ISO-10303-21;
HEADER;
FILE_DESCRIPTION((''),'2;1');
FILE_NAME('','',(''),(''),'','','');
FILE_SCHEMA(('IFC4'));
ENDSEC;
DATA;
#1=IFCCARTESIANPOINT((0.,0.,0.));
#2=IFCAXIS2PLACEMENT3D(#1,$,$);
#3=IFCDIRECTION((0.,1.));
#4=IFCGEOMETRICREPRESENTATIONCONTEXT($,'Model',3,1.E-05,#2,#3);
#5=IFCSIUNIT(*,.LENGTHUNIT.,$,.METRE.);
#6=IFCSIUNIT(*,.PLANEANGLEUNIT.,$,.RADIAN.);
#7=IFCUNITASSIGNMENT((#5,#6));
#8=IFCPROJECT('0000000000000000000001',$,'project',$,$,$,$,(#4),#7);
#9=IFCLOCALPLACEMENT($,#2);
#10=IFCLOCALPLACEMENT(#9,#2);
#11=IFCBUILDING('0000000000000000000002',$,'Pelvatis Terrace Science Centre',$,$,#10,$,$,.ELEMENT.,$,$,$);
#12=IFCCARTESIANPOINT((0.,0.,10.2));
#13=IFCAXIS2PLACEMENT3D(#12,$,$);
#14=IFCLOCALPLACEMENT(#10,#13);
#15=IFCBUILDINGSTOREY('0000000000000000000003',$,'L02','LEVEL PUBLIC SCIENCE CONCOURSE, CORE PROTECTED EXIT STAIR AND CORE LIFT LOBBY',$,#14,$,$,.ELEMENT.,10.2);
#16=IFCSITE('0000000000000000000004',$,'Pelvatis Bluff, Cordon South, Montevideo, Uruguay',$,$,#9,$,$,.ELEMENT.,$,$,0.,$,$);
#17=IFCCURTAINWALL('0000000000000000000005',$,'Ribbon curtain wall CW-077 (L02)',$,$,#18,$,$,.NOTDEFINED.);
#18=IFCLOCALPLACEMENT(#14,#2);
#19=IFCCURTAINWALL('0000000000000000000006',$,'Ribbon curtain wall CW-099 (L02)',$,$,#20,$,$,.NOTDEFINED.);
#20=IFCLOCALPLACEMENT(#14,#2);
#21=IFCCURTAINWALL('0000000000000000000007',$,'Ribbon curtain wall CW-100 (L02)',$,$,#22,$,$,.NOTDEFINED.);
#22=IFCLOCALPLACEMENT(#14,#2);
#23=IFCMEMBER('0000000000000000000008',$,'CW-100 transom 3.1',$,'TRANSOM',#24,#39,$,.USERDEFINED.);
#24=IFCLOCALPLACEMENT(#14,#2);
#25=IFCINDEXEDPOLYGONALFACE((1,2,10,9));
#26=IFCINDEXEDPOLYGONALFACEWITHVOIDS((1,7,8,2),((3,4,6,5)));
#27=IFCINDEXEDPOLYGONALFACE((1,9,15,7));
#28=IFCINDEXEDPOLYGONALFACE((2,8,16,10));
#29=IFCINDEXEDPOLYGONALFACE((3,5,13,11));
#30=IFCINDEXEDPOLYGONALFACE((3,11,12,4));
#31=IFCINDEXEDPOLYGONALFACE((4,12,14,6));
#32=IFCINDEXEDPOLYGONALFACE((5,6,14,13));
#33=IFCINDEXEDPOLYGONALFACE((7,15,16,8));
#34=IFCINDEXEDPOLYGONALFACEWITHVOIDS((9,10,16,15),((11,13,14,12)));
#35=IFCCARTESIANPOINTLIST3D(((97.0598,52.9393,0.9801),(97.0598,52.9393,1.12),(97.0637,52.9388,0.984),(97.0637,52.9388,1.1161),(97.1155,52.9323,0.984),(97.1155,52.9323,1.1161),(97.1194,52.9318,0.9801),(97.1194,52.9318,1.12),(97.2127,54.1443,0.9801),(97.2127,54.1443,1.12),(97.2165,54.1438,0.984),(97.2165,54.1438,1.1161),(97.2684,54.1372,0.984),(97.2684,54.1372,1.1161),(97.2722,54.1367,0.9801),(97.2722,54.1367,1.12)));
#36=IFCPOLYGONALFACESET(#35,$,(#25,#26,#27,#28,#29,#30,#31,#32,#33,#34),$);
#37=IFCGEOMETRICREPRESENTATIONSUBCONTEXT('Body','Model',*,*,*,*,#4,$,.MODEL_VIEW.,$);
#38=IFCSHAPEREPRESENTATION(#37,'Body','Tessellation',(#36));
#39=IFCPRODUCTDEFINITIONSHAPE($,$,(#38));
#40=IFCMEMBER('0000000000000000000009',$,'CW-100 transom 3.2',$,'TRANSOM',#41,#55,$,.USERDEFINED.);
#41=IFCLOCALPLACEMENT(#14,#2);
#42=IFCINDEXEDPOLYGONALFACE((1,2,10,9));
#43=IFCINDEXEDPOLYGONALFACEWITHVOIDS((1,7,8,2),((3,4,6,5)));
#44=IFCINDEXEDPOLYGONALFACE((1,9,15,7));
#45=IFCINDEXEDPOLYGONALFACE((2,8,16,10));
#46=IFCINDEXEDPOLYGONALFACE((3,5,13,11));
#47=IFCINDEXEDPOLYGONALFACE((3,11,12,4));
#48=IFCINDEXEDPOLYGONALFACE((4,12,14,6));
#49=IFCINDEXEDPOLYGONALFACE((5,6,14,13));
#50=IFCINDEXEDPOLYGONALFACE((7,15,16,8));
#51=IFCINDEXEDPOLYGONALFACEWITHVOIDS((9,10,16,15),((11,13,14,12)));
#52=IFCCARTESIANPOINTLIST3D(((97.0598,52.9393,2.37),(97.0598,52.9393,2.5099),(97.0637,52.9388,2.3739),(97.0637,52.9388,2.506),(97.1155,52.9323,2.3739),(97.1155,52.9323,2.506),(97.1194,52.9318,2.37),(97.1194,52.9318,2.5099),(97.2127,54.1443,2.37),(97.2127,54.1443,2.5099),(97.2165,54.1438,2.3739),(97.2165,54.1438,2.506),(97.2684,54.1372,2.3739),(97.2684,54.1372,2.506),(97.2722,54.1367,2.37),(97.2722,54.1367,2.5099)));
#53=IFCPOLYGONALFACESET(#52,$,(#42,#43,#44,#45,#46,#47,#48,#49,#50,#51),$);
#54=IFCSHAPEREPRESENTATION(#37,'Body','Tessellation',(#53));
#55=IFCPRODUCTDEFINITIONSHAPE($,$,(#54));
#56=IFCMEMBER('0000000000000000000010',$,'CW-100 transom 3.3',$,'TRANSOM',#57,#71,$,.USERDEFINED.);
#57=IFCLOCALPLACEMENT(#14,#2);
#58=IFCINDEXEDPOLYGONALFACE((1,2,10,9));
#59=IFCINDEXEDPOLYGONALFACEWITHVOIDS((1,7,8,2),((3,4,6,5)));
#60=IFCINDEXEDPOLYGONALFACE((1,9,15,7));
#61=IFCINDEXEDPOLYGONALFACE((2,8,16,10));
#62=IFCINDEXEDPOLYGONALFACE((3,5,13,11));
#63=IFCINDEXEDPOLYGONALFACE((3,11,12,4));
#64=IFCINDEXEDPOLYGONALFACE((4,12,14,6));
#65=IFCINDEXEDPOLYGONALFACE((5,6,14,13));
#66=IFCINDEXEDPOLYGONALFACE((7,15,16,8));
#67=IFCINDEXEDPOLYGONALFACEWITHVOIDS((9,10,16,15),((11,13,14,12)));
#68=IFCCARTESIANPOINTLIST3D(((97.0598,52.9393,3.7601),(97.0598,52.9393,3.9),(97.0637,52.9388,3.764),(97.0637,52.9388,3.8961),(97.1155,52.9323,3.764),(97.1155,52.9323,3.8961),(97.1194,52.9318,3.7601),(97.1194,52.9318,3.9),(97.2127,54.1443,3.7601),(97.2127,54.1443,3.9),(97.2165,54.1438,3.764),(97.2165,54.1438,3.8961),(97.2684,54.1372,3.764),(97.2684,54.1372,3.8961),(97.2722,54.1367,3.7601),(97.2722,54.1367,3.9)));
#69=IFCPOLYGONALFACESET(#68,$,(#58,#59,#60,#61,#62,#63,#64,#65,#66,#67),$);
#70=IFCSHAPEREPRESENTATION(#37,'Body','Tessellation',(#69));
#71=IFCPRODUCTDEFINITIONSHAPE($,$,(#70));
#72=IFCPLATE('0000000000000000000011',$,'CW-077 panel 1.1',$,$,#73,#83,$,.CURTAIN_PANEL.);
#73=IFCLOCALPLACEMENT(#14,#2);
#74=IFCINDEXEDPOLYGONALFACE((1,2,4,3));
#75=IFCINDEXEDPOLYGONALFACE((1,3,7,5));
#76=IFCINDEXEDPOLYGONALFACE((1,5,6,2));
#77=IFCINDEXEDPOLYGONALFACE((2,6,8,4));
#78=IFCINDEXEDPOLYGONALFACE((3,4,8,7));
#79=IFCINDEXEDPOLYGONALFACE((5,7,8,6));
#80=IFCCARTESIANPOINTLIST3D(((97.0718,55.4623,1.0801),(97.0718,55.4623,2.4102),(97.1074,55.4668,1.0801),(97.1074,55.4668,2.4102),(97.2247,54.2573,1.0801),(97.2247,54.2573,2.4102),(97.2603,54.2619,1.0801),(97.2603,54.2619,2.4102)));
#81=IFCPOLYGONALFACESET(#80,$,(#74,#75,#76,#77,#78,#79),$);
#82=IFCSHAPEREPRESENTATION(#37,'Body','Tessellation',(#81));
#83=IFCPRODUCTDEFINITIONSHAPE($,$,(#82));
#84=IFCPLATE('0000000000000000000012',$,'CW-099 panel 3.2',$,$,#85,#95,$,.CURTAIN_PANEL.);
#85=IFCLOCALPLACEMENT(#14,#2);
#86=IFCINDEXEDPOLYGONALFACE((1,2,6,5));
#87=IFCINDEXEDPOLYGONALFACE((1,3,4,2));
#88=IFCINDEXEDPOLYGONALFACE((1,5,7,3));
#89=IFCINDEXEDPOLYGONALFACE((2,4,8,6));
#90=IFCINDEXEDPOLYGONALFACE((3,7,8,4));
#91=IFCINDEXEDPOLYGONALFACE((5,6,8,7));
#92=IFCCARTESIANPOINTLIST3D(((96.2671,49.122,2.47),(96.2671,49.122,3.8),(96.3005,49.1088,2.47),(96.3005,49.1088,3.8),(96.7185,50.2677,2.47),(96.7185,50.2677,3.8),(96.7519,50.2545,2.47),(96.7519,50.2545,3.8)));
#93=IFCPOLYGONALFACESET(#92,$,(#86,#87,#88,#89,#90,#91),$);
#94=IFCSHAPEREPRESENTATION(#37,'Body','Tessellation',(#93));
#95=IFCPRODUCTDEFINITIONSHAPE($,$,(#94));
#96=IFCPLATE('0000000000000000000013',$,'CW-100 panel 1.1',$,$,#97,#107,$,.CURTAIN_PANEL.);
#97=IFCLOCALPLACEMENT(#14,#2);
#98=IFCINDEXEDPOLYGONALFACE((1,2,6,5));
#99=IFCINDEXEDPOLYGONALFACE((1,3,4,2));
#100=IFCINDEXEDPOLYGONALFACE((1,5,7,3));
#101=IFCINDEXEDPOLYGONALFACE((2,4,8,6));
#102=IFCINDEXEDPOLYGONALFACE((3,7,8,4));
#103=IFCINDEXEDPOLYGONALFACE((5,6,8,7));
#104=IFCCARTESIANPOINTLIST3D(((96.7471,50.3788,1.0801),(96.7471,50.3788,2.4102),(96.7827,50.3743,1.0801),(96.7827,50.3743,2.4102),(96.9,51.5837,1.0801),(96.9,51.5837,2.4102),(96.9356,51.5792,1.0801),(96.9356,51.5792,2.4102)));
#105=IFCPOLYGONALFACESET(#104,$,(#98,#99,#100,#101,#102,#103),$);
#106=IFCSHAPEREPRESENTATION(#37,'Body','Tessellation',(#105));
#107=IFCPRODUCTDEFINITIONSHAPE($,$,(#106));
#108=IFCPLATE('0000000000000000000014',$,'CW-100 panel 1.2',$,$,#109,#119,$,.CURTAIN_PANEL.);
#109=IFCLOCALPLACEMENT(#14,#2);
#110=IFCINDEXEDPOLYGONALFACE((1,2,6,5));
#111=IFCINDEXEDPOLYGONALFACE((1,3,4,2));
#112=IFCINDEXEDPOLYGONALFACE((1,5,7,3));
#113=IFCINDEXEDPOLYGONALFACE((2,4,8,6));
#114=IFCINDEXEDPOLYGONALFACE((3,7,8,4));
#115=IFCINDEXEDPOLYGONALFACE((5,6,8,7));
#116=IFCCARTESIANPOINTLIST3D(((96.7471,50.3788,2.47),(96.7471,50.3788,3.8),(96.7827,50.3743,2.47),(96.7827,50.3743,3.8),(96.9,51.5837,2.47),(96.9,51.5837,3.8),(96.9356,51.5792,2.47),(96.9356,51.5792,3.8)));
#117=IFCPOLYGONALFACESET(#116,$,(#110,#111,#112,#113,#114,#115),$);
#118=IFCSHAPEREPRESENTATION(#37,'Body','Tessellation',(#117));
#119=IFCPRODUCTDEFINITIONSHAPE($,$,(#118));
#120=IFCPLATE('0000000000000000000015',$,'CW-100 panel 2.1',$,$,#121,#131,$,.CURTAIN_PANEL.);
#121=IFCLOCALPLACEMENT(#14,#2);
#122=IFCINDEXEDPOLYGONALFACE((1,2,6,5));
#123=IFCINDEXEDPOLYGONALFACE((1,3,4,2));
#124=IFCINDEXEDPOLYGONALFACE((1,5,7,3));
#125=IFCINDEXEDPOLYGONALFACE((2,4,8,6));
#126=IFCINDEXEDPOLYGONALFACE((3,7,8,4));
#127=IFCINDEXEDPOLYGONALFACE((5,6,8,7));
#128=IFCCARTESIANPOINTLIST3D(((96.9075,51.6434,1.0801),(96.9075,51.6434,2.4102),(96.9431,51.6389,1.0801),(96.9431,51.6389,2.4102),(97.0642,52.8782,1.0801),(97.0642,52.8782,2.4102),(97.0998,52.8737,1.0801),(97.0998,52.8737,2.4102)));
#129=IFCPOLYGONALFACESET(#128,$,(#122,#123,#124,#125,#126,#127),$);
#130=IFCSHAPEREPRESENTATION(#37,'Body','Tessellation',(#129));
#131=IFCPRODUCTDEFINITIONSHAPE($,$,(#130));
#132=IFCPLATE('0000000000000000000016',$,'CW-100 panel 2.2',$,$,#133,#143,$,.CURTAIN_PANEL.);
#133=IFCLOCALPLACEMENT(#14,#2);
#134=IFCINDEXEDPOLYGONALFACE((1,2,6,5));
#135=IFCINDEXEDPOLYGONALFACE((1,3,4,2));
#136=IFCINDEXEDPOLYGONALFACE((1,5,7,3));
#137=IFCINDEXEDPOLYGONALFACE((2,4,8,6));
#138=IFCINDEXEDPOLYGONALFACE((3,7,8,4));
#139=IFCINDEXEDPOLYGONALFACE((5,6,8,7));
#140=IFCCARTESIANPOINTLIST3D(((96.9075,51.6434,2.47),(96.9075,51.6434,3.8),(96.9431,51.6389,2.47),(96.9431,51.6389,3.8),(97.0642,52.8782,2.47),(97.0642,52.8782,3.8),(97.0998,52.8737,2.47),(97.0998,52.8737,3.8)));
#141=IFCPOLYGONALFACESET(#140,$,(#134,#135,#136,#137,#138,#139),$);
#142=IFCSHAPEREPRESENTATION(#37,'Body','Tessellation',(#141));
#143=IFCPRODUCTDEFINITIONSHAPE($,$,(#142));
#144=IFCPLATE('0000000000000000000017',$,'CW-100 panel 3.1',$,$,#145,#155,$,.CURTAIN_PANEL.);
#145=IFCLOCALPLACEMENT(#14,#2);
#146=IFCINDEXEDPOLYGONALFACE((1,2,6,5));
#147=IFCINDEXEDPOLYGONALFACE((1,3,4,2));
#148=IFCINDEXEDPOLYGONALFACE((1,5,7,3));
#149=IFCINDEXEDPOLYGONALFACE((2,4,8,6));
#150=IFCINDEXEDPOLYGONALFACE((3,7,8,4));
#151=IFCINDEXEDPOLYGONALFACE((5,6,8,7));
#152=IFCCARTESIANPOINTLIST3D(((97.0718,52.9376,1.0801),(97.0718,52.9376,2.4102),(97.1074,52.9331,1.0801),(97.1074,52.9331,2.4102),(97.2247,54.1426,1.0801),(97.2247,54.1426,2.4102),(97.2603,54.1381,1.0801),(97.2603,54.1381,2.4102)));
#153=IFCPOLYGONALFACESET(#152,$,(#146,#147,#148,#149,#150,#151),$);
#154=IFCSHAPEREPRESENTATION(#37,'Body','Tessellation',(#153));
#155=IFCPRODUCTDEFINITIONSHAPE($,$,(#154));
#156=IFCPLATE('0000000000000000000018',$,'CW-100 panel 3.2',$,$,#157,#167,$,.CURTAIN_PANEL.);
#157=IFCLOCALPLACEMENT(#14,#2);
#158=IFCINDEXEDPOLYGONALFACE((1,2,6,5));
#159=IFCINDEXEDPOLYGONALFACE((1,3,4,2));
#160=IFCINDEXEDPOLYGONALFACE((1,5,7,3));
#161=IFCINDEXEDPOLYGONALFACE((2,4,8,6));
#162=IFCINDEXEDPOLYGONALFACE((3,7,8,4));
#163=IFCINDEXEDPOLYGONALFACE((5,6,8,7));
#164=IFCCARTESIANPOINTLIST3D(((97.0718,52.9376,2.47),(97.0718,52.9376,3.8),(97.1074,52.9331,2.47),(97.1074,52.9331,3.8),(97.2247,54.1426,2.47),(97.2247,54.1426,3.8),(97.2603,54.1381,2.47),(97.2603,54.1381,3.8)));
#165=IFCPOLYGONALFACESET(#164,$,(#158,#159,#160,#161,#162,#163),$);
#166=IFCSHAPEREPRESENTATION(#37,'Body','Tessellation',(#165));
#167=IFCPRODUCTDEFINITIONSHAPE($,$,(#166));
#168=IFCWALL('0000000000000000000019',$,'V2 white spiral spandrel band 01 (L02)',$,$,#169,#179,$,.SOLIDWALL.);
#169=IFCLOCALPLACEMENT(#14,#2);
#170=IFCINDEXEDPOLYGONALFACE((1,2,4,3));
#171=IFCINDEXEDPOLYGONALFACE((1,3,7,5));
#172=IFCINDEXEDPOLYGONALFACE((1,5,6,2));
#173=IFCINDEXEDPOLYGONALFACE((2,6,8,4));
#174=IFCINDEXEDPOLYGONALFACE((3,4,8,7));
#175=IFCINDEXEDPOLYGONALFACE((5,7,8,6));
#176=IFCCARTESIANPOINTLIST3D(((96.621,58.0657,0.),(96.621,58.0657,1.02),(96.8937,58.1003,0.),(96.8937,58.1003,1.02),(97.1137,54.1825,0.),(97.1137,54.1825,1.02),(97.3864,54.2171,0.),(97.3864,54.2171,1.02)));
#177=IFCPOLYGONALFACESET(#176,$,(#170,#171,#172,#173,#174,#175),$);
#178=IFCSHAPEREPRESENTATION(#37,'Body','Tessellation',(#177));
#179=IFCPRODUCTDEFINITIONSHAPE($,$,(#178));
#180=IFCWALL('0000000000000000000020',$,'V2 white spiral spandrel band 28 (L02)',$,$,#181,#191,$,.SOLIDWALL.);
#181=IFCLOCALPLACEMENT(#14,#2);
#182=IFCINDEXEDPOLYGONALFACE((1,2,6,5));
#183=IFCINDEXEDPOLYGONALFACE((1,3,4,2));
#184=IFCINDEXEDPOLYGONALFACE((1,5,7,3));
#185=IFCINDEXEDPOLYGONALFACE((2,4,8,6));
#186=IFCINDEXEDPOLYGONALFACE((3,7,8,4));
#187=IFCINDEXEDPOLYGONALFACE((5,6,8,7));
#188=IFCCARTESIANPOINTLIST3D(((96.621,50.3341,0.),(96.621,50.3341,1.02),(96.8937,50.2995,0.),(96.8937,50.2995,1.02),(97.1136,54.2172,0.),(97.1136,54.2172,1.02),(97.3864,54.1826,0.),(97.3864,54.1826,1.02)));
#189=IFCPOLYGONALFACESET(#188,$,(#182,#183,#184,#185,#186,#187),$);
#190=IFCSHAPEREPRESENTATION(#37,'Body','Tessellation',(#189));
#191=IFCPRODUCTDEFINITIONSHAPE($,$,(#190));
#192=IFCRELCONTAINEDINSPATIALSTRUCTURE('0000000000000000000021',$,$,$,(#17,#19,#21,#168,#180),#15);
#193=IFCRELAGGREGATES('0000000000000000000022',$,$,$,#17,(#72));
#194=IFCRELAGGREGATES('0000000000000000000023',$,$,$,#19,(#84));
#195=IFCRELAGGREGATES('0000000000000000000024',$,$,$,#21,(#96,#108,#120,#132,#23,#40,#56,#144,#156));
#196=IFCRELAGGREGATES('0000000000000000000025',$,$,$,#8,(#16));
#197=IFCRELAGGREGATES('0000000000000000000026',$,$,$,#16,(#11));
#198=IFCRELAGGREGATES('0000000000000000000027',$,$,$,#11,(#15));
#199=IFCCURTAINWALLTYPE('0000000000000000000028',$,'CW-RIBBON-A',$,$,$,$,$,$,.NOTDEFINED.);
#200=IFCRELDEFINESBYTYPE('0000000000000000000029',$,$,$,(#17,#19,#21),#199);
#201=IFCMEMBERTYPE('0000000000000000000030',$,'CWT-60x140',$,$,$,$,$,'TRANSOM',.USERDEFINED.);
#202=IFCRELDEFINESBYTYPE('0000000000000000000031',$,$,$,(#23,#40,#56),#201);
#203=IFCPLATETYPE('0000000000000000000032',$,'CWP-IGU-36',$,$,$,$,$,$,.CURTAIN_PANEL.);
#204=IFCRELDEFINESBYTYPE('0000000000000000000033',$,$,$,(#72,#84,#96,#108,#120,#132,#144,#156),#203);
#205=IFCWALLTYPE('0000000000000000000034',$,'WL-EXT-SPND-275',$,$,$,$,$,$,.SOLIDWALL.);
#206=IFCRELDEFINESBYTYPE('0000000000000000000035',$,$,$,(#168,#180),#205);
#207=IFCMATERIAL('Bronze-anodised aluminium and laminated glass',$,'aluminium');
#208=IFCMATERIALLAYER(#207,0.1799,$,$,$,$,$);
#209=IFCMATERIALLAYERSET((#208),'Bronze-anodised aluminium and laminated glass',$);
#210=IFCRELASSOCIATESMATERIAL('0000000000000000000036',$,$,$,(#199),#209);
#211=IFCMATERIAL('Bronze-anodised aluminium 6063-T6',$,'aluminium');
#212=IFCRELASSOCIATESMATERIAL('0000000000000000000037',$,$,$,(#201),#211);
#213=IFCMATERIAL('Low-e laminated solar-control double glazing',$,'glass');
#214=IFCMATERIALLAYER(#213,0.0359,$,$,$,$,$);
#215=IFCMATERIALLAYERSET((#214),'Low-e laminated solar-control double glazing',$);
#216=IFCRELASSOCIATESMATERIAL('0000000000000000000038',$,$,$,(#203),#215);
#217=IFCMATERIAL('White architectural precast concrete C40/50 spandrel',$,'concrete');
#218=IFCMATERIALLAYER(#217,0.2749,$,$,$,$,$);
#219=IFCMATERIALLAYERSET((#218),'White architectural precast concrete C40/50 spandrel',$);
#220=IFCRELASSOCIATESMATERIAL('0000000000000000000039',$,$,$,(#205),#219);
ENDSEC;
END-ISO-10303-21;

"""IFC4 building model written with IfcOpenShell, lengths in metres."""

from ifc_helpers import new_model, si_unit, direction, frame, frame_2d, origin, origin_2d, place, context, subcontext, project, spatial, rectangle, hollow_rectangle, extrude, material, layer, layer_set, material_profile, profile_set, type_object, element, aggregate, save


model = new_model("IFC4")

# Units and contexts
model_context = context("Model", 3, precision=1e-05, world=origin(), true_north=direction((0.0, 1.0)))
body_context = subcontext(model_context, "Body", "Model", "MODEL_VIEW")
ifc_project = project(units=[si_unit("LENGTHUNIT", "METRE"), si_unit("PLANEANGLEUNIT", "RADIAN")], contexts=[model_context])

# Site, building, storey
site_placement = place(None, origin())
site = spatial("IfcSite", under=ifc_project, at=site_placement, Name="Pelvatis Bluff, Cordon South, Montevideo, Uruguay", CompositionType="ELEMENT", RefElevation=0.0)
building_placement = place(site_placement, origin())
building = spatial("IfcBuilding", under=site, at=building_placement, Name="Pelvatis Terrace Science Centre", CompositionType="ELEMENT")
storey_placement = place(building_placement, frame((0.0, 0.0, 10.2)))
storey = spatial("IfcBuildingStorey", under=building, at=storey_placement, Name="L02", Description="LEVEL PUBLIC SCIENCE CONCOURSE, CORE PROTECTED EXIT STAIR AND CORE LIFT LOBBY", CompositionType="ELEMENT", Elevation=10.2)

# Curtain walls
ifc_material_1 = material(Name="Bronze-anodised aluminium and laminated glass", Category="aluminium")
ifc_layer_1 = layer(ifc_material_1, 0.1799)
ifc_layer_set_1 = layer_set([ifc_layer_1], Name="Bronze-anodised aluminium and laminated glass")
curtain_wall_type = type_object("IfcCurtainWallType", Name="CW-RIBBON-A", PredefinedType="NOTDEFINED", material=ifc_layer_set_1)
curtain_wall_1_placement = place(storey_placement, origin())
curtain_wall_1 = element("IfcCurtainWall", 1, at=curtain_wall_1_placement, inside=storey, type_object=curtain_wall_type, Name="Ribbon curtain wall CW-077 (L02)", PredefinedType="NOTDEFINED")
curtain_wall_2_placement = place(storey_placement, origin())
curtain_wall_2 = element("IfcCurtainWall", 2, at=curtain_wall_2_placement, inside=storey, type_object=curtain_wall_type, Name="Ribbon curtain wall CW-099 (L02)", PredefinedType="NOTDEFINED")

# Curtain wall
curtain_wall_3_placement = place(storey_placement, origin())
curtain_wall_3 = element("IfcCurtainWall", 3, at=curtain_wall_3_placement, inside=storey, type_object=curtain_wall_type, Name="Ribbon curtain wall CW-100 (L02)", PredefinedType="NOTDEFINED")

# Members
ifc_material_2 = material(Name="Bronze-anodised aluminium 6063-T6", Category="aluminium")
ifc_material_profile_1 = material_profile(ifc_material_2, hollow_rectangle(XDim=0.0601, YDim=0.1399, WallThickness=0.0039, at=origin_2d()), Name="ALU-TRN 60x140")
ifc_profile_set_1 = profile_set([ifc_material_profile_1], Name="Bronze-anodised aluminium 6063-T6")
member_type_1 = type_object("IfcMemberType", Name="CWT-60x140", ElementType="TRANSOM", PredefinedType="USERDEFINED", material=ifc_profile_set_1)
member_1_placement = place(storey_placement, frame((97.0896, 52.9355, 1.05), z_axis=(0.125841, 0.99205, 0.0), x_axis=(-0.99205, 0.125841, 0.0)))
member_1 = element("IfcMember", 4, at=member_1_placement, type_object=member_type_1, Name="CW-100 transom 3.1", ObjectType="TRANSOM", PredefinedType="USERDEFINED", context=body_context, shape_type="SweptSolid", body=[
    extrude(hollow_rectangle(XDim=0.0601, YDim=0.1399, WallThickness=0.0039, at=origin_2d()), origin(), (0.0, 0.0, 1.0), 1.2146),
])
member_2_placement = place(storey_placement, frame((97.0896, 52.9355, 2.4399), z_axis=(0.125841, 0.99205, 0.0), x_axis=(-0.99205, 0.125841, 0.0)))
member_2 = element("IfcMember", 5, at=member_2_placement, type_object=member_type_1, Name="CW-100 transom 3.2", ObjectType="TRANSOM", PredefinedType="USERDEFINED", context=body_context, shape_type="SweptSolid", body=[
    extrude(hollow_rectangle(XDim=0.0601, YDim=0.1399, WallThickness=0.0039, at=origin_2d()), origin(), (0.0, 0.0, 1.0), 1.2146),
])
member_3_placement = place(storey_placement, frame((97.0896, 52.9355, 3.8301), z_axis=(0.125841, 0.99205, 0.0), x_axis=(-0.99205, 0.125841, 0.0)))
member_3 = element("IfcMember", 6, at=member_3_placement, type_object=member_type_1, Name="CW-100 transom 3.3", ObjectType="TRANSOM", PredefinedType="USERDEFINED", context=body_context, shape_type="SweptSolid", body=[
    extrude(hollow_rectangle(XDim=0.0601, YDim=0.1399, WallThickness=0.0039, at=origin_2d()), origin(), (0.0, 0.0, 1.0), 1.2146),
])

# Plates
ifc_material_3 = material(Name="Low-e laminated solar-control double glazing", Category="glass")
ifc_layer_2 = layer(ifc_material_3, 0.0359)
ifc_layer_set_2 = layer_set([ifc_layer_2], Name="Low-e laminated solar-control double glazing")
plate_type = type_object("IfcPlateType", Name="CWP-IGU-36", PredefinedType="CURTAIN_PANEL", material=ifc_layer_set_2)
plate_1_placement = place(storey_placement, frame((97.166, 54.8621, 1.0801), z_axis=(0.0, 0.0, 1.0), x_axis=(-0.125877, 0.992046, 0.0)))
plate_1 = element("IfcPlate", 7, at=plate_1_placement, type_object=plate_type, Name="CW-077 panel 1.1", PredefinedType="CURTAIN_PANEL", context=body_context, shape_type="SweptSolid", body=[
    extrude(rectangle(XDim=1.2146, YDim=0.0359, at=origin_2d()), origin(), (0.0, 0.0, 1.0), 1.3301),
])
aggregate(curtain_wall_1, [plate_1])
plate_2_placement = place(storey_placement, frame((96.5095, 49.6882, 2.47), z_axis=(0.0, 0.0, 1.0), x_axis=(0.366597, 0.93038, 0.0)))
plate_2 = element("IfcPlate", 8, at=plate_2_placement, type_object=plate_type, Name="CW-099 panel 3.2", PredefinedType="CURTAIN_PANEL", context=body_context, shape_type="SweptSolid", body=[
    extrude(rectangle(XDim=1.2314, YDim=0.0359, at=origin_2d()), origin(), (0.0, 0.0, 1.0), 1.3301),
])
aggregate(curtain_wall_2, [plate_2])
plate_3_placement = place(storey_placement, frame((96.8413, 50.979, 1.0801), z_axis=(0.0, 0.0, 1.0), x_axis=(0.125877, 0.992046, 0.0)))
plate_3 = element("IfcPlate", 9, at=plate_3_placement, type_object=plate_type, Name="CW-100 panel 1.1", PredefinedType="CURTAIN_PANEL", context=body_context, shape_type="SweptSolid", body=[
    extrude(rectangle(XDim=1.2146, YDim=0.0359, at=origin_2d()), origin(), (0.0, 0.0, 1.0), 1.3301),
])
plate_4_placement = place(storey_placement, frame((96.8413, 50.979, 2.47), z_axis=(0.0, 0.0, 1.0), x_axis=(0.125877, 0.992046, 0.0)))
plate_4 = element("IfcPlate", 10, at=plate_4_placement, type_object=plate_type, Name="CW-100 panel 1.2", PredefinedType="CURTAIN_PANEL", context=body_context, shape_type="SweptSolid", body=[
    extrude(rectangle(XDim=1.2146, YDim=0.0359, at=origin_2d()), origin(), (0.0, 0.0, 1.0), 1.3301),
])
plate_5_placement = place(storey_placement, frame((97.0037, 52.2585, 1.0801), z_axis=(0.0, 0.0, 1.0), x_axis=(0.125877, 0.992046, 0.0)))
plate_5 = element("IfcPlate", 11, at=plate_5_placement, type_object=plate_type, Name="CW-100 panel 2.1", PredefinedType="CURTAIN_PANEL", context=body_context, shape_type="SweptSolid", body=[
    extrude(rectangle(XDim=1.2446, YDim=0.0359, at=origin_2d()), origin(), (0.0, 0.0, 1.0), 1.3301),
])
plate_6_placement = place(storey_placement, frame((97.0037, 52.2585, 2.47), z_axis=(0.0, 0.0, 1.0), x_axis=(0.125877, 0.992046, 0.0)))
plate_6 = element("IfcPlate", 12, at=plate_6_placement, type_object=plate_type, Name="CW-100 panel 2.2", PredefinedType="CURTAIN_PANEL", context=body_context, shape_type="SweptSolid", body=[
    extrude(rectangle(XDim=1.2446, YDim=0.0359, at=origin_2d()), origin(), (0.0, 0.0, 1.0), 1.3301),
])
plate_7_placement = place(storey_placement, frame((97.166, 53.5378, 1.0801), z_axis=(0.0, 0.0, 1.0), x_axis=(0.125877, 0.992046, 0.0)))
plate_7 = element("IfcPlate", 13, at=plate_7_placement, type_object=plate_type, Name="CW-100 panel 3.1", PredefinedType="CURTAIN_PANEL", context=body_context, shape_type="SweptSolid", body=[
    extrude(rectangle(XDim=1.2146, YDim=0.0359, at=origin_2d()), origin(), (0.0, 0.0, 1.0), 1.3301),
])
plate_8_placement = place(storey_placement, frame((97.166, 53.5378, 2.47), z_axis=(0.0, 0.0, 1.0), x_axis=(0.125877, 0.992046, 0.0)))
plate_8 = element("IfcPlate", 14, at=plate_8_placement, type_object=plate_type, Name="CW-100 panel 3.2", PredefinedType="CURTAIN_PANEL", context=body_context, shape_type="SweptSolid", body=[
    extrude(rectangle(XDim=1.2146, YDim=0.0359, at=origin_2d()), origin(), (0.0, 0.0, 1.0), 1.3301),
])
aggregate(curtain_wall_3, [plate_3, plate_4, plate_5, plate_6, member_1, member_2, member_3, plate_7, plate_8])

# Walls
ifc_material_4 = material(Name="White architectural precast concrete C40/50 spandrel", Category="concrete")
ifc_layer_3 = layer(ifc_material_4, 0.2749)
ifc_layer_set_3 = layer_set([ifc_layer_3], Name="White architectural precast concrete C40/50 spandrel")
wall_type_1 = type_object("IfcWallType", Name="WL-EXT-SPND-275", PredefinedType="SOLIDWALL", material=ifc_layer_set_3)
for number, where, z_axis, x_axis, name in (
    (15, (97.25, 54.2, 0.0), (0.0, 0.0, 1.0), (-0.125869, 0.992047, 0.0), "V2 white spiral spandrel band 01 (L02)"),
    (16, (96.7573, 50.3169, 0.0), (0.0, 0.0, 1.0), (0.125869, 0.992047, 0.0), "V2 white spiral spandrel band 28 (L02)"),
):
    element("IfcWall", number, at=place(storey_placement, frame(where, z_axis=z_axis, x_axis=x_axis)), inside=storey, type_object=wall_type_1, Name=name, PredefinedType="SOLIDWALL", context=body_context, shape_type="SweptSolid", body=[
        extrude(rectangle(XDim=3.9143, YDim=0.2749, at=frame_2d((1.957, 0.0))), origin(), (0.0, 0.0, 1.0), 1.02),
    ])

save(model, "model.ifc")
